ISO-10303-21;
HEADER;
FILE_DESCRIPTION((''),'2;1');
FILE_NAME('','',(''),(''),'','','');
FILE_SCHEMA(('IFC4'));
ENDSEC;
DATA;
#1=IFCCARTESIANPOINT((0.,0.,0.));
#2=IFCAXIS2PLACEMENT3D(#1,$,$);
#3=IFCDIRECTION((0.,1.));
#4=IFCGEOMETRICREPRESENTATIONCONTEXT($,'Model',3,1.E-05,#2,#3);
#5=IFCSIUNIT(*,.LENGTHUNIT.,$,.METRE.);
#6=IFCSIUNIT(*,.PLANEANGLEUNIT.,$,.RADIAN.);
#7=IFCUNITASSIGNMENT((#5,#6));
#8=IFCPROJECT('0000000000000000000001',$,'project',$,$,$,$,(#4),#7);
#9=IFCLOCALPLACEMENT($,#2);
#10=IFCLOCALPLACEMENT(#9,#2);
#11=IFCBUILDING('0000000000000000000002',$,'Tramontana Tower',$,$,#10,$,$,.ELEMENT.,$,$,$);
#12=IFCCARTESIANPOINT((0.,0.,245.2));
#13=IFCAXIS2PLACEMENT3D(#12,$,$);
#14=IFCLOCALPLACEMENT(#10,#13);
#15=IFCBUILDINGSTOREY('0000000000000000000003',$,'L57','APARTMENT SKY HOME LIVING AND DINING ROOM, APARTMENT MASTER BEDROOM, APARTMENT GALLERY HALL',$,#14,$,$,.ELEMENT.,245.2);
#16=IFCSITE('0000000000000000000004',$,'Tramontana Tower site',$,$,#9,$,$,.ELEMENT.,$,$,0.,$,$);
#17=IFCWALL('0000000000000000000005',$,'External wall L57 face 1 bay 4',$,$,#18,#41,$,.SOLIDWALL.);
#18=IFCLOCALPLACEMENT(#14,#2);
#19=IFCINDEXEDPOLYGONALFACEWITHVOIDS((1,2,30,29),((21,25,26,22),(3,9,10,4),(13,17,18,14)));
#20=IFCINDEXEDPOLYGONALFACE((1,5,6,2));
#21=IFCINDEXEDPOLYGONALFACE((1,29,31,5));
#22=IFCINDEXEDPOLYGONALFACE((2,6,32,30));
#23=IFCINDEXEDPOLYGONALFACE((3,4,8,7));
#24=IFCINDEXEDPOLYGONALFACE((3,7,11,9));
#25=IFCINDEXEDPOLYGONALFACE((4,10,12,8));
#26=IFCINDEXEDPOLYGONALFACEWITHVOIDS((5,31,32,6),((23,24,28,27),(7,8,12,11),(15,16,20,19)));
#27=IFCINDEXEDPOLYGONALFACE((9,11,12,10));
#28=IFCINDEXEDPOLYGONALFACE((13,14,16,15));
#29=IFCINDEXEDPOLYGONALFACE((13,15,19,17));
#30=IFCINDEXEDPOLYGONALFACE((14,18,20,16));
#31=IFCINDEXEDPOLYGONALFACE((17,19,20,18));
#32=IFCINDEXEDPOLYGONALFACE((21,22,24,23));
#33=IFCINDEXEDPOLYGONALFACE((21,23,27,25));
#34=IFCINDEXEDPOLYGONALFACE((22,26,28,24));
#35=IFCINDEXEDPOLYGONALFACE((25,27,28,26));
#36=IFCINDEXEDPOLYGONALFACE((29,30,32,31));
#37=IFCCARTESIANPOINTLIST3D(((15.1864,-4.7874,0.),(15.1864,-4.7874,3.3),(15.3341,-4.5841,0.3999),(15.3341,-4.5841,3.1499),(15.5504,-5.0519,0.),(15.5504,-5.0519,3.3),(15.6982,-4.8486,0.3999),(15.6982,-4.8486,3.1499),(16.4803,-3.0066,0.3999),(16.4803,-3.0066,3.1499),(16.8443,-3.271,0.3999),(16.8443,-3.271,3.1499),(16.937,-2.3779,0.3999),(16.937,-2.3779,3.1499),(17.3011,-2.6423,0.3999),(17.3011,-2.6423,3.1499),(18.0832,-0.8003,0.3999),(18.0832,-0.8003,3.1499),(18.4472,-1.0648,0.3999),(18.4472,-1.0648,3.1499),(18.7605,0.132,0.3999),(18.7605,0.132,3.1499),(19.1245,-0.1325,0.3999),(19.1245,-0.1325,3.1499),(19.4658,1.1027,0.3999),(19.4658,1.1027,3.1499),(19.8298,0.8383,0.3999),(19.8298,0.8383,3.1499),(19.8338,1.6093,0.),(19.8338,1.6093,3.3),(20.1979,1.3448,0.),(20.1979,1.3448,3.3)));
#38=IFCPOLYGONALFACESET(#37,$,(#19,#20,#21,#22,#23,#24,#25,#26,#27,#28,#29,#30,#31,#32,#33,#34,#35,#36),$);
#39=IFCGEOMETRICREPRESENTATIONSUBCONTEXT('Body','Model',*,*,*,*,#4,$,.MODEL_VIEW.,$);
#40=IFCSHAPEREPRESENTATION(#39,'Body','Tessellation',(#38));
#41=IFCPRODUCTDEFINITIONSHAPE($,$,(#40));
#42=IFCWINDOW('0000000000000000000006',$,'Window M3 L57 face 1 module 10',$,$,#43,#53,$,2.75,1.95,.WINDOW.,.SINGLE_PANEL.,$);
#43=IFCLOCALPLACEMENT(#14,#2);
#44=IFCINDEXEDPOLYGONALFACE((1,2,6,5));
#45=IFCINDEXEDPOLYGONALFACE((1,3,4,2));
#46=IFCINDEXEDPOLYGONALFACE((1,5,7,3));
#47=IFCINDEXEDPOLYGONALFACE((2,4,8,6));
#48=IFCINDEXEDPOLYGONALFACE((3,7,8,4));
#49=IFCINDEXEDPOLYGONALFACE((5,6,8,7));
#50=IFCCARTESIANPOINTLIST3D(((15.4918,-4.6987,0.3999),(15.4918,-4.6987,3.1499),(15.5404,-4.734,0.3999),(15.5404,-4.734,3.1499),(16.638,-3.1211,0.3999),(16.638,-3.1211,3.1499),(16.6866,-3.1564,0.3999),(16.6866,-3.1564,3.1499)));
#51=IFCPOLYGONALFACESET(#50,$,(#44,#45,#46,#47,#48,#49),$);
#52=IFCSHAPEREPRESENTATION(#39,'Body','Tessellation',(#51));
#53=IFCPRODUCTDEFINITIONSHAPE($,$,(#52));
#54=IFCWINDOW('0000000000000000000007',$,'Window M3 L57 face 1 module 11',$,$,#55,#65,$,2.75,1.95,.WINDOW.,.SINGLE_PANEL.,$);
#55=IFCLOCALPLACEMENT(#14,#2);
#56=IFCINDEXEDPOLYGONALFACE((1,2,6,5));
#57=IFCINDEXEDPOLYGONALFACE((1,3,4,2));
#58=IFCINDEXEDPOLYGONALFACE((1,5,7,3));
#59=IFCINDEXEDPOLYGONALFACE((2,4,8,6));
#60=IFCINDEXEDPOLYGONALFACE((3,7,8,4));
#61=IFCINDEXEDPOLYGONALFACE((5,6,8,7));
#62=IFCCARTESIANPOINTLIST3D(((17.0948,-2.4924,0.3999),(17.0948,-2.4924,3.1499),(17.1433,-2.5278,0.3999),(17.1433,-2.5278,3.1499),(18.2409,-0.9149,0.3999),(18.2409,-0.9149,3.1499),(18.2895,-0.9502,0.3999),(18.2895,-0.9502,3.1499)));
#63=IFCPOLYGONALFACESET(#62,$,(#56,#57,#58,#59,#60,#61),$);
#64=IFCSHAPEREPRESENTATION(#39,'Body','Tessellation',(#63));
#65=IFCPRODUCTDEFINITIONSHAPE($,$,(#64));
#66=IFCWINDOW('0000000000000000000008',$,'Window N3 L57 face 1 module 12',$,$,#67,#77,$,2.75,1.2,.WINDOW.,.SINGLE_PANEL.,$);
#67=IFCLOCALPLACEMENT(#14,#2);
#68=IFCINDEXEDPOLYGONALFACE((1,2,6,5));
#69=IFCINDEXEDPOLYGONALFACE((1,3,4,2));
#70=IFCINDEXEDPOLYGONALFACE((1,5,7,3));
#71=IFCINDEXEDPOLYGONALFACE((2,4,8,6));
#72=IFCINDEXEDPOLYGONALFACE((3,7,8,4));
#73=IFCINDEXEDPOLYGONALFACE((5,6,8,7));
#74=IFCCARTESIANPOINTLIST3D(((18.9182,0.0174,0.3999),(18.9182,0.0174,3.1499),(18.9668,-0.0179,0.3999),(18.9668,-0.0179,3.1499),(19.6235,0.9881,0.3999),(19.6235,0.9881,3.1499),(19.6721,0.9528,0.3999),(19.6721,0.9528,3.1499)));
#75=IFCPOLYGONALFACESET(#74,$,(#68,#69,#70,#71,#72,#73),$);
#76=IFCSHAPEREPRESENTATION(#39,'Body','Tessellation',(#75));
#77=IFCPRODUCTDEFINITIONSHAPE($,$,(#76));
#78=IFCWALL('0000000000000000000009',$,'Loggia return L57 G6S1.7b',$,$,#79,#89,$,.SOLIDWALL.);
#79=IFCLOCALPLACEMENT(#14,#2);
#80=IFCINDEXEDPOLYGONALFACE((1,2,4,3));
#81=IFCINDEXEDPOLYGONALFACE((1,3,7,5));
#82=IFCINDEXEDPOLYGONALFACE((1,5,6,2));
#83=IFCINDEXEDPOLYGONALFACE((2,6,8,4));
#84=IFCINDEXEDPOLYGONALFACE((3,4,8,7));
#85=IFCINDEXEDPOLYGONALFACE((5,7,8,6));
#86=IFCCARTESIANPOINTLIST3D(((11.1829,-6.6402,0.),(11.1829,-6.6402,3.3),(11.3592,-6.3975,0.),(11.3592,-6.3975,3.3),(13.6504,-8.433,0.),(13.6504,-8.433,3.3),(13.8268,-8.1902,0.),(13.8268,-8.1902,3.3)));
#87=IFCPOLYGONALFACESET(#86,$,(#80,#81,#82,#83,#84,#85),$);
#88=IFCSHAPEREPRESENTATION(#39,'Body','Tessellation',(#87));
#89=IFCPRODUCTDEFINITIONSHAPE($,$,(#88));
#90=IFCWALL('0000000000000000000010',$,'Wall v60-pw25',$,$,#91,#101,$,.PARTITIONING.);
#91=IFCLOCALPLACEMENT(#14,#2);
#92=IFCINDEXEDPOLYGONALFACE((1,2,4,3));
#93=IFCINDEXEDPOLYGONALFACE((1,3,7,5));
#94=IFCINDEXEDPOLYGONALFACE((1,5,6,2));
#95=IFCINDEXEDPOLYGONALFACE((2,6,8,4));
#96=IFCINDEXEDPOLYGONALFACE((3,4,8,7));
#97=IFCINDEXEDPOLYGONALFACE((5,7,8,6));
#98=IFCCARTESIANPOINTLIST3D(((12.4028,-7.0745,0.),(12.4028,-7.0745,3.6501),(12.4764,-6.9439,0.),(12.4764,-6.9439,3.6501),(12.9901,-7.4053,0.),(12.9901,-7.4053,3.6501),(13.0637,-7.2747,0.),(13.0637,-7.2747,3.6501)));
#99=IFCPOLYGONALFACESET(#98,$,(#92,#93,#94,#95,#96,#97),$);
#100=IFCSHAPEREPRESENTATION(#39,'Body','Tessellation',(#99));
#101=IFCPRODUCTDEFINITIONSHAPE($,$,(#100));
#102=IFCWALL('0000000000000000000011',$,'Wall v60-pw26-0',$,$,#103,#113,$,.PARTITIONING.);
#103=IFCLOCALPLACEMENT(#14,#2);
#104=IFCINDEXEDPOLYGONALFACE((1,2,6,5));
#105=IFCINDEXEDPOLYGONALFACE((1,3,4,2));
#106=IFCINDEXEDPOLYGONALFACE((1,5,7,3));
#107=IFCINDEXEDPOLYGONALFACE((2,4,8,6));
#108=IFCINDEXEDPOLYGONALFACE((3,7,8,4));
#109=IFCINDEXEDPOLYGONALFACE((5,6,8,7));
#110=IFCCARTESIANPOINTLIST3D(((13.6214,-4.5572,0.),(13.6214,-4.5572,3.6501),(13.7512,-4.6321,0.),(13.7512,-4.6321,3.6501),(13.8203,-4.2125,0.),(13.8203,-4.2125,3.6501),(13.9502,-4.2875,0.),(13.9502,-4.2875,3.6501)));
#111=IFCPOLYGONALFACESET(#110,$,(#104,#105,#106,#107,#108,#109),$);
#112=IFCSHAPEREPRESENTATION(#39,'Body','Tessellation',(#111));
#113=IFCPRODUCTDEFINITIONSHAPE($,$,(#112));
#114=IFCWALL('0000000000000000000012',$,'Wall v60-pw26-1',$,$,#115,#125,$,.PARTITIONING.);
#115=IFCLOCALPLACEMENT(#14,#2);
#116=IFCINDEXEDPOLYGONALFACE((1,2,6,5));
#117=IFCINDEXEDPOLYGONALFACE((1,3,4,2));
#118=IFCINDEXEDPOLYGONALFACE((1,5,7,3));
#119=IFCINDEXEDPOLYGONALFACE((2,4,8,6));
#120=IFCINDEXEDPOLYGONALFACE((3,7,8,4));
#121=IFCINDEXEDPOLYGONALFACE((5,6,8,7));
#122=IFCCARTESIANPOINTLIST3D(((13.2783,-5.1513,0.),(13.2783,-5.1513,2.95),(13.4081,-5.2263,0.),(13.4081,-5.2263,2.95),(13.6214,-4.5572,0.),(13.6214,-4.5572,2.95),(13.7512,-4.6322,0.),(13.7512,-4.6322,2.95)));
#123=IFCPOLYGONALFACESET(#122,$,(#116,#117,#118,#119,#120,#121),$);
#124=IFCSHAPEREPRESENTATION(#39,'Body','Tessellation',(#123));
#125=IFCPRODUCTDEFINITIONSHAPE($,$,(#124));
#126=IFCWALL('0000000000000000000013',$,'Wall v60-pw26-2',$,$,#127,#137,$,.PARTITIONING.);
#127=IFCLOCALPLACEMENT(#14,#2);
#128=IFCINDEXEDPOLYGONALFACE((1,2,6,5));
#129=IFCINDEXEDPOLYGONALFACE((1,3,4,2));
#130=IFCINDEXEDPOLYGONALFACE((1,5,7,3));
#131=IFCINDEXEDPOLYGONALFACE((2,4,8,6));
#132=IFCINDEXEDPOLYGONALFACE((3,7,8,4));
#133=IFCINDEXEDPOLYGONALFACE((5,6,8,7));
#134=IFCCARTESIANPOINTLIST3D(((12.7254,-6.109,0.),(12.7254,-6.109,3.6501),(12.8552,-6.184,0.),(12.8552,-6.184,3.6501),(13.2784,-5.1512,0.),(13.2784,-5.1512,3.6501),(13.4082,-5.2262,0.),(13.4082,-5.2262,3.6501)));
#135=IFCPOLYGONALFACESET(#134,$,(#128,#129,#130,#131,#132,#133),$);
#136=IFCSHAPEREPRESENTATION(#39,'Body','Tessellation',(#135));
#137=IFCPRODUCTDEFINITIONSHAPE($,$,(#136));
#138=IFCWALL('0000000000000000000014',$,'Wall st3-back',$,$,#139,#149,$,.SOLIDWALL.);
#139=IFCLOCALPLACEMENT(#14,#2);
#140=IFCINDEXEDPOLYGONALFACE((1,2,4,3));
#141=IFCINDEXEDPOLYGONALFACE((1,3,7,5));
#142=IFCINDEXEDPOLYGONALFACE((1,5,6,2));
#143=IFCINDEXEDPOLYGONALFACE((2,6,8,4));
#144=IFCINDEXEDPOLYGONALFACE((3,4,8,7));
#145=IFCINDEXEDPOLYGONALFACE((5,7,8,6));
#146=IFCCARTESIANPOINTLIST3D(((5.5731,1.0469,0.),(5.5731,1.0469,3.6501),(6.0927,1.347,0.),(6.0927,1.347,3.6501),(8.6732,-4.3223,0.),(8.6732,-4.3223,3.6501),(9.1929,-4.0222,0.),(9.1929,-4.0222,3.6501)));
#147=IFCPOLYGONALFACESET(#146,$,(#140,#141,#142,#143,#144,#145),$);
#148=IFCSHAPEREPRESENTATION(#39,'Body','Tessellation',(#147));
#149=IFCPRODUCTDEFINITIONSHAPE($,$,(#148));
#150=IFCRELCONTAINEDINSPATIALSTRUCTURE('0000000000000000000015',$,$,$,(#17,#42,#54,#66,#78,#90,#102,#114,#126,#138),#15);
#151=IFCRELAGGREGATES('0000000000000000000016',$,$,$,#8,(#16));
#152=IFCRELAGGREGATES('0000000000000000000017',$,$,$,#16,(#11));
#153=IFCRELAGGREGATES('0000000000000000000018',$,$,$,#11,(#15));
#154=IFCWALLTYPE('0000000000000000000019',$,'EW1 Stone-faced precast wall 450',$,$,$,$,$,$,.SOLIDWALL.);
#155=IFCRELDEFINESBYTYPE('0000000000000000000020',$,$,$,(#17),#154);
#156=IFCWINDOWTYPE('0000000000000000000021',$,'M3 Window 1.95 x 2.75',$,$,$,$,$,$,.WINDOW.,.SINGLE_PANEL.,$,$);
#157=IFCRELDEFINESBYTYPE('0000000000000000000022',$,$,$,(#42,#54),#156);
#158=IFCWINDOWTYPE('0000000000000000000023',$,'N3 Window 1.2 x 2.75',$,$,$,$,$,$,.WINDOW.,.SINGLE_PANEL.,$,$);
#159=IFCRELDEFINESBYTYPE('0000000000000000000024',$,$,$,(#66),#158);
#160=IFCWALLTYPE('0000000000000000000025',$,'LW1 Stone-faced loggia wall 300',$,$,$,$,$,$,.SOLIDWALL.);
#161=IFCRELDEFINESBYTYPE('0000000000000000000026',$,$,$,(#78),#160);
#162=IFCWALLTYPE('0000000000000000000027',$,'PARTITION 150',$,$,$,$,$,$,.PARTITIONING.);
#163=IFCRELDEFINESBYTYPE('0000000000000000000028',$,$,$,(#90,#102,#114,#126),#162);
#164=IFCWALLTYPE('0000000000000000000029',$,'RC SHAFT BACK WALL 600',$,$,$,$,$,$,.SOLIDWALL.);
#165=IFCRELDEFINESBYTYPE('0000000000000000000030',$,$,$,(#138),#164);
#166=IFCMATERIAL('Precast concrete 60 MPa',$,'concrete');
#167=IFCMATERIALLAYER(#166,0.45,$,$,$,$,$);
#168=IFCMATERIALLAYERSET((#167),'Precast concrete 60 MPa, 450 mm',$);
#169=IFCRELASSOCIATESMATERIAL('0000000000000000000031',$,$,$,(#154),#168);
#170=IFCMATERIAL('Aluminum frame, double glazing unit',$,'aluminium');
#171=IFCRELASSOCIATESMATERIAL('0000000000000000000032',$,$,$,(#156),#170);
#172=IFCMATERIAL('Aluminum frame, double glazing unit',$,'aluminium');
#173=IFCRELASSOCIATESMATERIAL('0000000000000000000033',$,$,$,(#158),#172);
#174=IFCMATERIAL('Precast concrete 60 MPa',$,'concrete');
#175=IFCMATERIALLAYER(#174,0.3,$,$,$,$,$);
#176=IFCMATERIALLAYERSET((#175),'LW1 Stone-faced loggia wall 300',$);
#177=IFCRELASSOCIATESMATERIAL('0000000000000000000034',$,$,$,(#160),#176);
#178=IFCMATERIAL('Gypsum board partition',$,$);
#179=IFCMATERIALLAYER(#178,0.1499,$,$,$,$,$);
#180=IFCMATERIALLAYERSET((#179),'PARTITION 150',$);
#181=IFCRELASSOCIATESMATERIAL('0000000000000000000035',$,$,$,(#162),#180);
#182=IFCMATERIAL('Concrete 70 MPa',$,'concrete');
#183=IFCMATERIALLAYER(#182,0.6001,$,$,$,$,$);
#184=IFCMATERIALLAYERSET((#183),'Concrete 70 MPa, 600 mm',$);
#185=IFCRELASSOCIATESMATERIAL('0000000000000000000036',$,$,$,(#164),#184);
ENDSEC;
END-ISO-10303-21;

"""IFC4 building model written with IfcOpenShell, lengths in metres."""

from ifc_helpers import new_model, si_unit, direction, frame, frame_2d, origin, place, context, subcontext, project, spatial, rectangle, extrude, material, layer, layer_set, type_object, element, fill, save


model = new_model("IFC4")

# Units and contexts
model_context = context("Model", 3, precision=1e-05, world=origin(), true_north=direction((0.0, 1.0)))
body_context = subcontext(model_context, "Body", "Model", "MODEL_VIEW")
ifc_project = project(units=[si_unit("LENGTHUNIT", "METRE"), si_unit("PLANEANGLEUNIT", "RADIAN")], contexts=[model_context])

# Site, building, storey
site_placement = place(None, origin())
site = spatial("IfcSite", under=ifc_project, at=site_placement, Name="Tramontana Tower site", CompositionType="ELEMENT", RefElevation=0.0)
building_placement = place(site_placement, origin())
building = spatial("IfcBuilding", under=site, at=building_placement, Name="Tramontana Tower", CompositionType="ELEMENT")
storey_placement = place(building_placement, frame((0.0, 0.0, 245.2)))
storey = spatial("IfcBuildingStorey", under=building, at=storey_placement, Name="L57", Description="APARTMENT SKY HOME LIVING AND DINING ROOM, APARTMENT MASTER BEDROOM, APARTMENT GALLERY HALL", CompositionType="ELEMENT", Elevation=245.2)

# Shared definitions
ifc_material_1 = material(Name="Precast concrete 60 MPa", Category="concrete")
ifc_layer_1 = layer(ifc_material_1, 0.45)
ifc_layer_set_1 = layer_set([ifc_layer_1], Name="Precast concrete 60 MPa, 450 mm")
wall_type_1 = type_object("IfcWallType", Name="EW1 Stone-faced precast wall 450", PredefinedType="SOLIDWALL", material=ifc_layer_set_1)
ifc_material_2 = material(Name="Aluminum frame, double glazing unit", Category="aluminium")
window_type_1 = type_object("IfcWindowType", Name="M3 Window 1.95 x 2.75", PartitioningType="SINGLE_PANEL", PredefinedType="WINDOW", material=ifc_material_2)

# Wall, openings, windows
wall_1_placement = place(storey_placement, frame((15.3684, -4.9197, 0.0), z_axis=(0.0, 0.0, 1.0), x_axis=(0.587782, 0.809019, 0.0)))
wall_1 = element("IfcWall", 1, at=wall_1_placement, inside=storey, type_object=wall_type_1, Name="External wall L57 face 1 bay 4", PredefinedType="SOLIDWALL", context=body_context, shape_type="SweptSolid", body=[
    extrude(rectangle(XDim=7.9067, YDim=0.45, at=frame_2d((3.9534, 0.0))), origin(), (0.0, 0.0, 1.0), 3.3),
])
opening_1_placement = place(wall_1_placement, frame((0.2512, 0.0, 0.3999)))
opening_1 = element("IfcOpeningElement", 2, at=opening_1_placement, cuts=wall_1, PredefinedType="OPENING", context=body_context, shape_type="SweptSolid", body=[
    extrude(rectangle(XDim=1.95, YDim=2.75, at=frame_2d((0.9751, 1.375))), frame((0.0, 0.2349, 0.0), z_axis=(0.0, -1.0, 0.0), x_axis=(1.0, 0.0, 0.0)), (0.0, 0.0, 1.0), 0.47),
])
opening_2_placement = place(wall_1_placement, frame((2.9783, 0.0, 0.3999)))
opening_2 = element("IfcOpeningElement", 3, at=opening_2_placement, cuts=wall_1, PredefinedType="OPENING", context=body_context, shape_type="SweptSolid", body=[
    extrude(rectangle(XDim=1.95, YDim=2.75, at=frame_2d((0.9751, 1.375))), frame((0.0, 0.2349, 0.0), z_axis=(0.0, -1.0, 0.0), x_axis=(1.0, 0.0, 0.0)), (0.0, 0.0, 1.0), 0.47),
])
opening_3_placement = place(wall_1_placement, frame((6.0806, 0.0, 0.3999)))
opening_3 = element("IfcOpeningElement", 4, at=opening_3_placement, cuts=wall_1, PredefinedType="OPENING", context=body_context, shape_type="SweptSolid", body=[
    extrude(rectangle(XDim=1.2, YDim=2.75, at=frame_2d((0.6001, 1.375))), frame((0.0, 0.2349, 0.0), z_axis=(0.0, -1.0, 0.0), x_axis=(1.0, 0.0, 0.0)), (0.0, 0.0, 1.0), 0.47),
])
window_1_placement = place(opening_1_placement, origin())
window_1 = element("IfcWindow", 5, at=window_1_placement, inside=storey, type_object=window_type_1, Name="Window M3 L57 face 1 module 10", OverallHeight=2.75, OverallWidth=1.95, PartitioningType="SINGLE_PANEL", PredefinedType="WINDOW", context=body_context, shape_type="SweptSolid", body=[
    extrude(rectangle(XDim=1.95, YDim=2.75, at=frame_2d((0.9751, 1.375))), frame((0.0, 0.03, 0.0), z_axis=(0.0, -1.0, 0.0), x_axis=(1.0, 0.0, 0.0)), (0.0, 0.0, 1.0), 0.0601),
])
fill(opening_1, window_1)
window_2_placement = place(opening_2_placement, origin())
window_2 = element("IfcWindow", 6, at=window_2_placement, inside=storey, type_object=window_type_1, Name="Window M3 L57 face 1 module 11", OverallHeight=2.75, OverallWidth=1.95, PartitioningType="SINGLE_PANEL", PredefinedType="WINDOW", context=body_context, shape_type="SweptSolid", body=[
    extrude(rectangle(XDim=1.95, YDim=2.75, at=frame_2d((0.9751, 1.375))), frame((0.0, 0.03, 0.0), z_axis=(0.0, -1.0, 0.0), x_axis=(1.0, 0.0, 0.0)), (0.0, 0.0, 1.0), 0.0601),
])
fill(opening_2, window_2)
ifc_material_3 = material(Name="Aluminum frame, double glazing unit", Category="aluminium")
window_type_2 = type_object("IfcWindowType", Name="N3 Window 1.2 x 2.75", PartitioningType="SINGLE_PANEL", PredefinedType="WINDOW", material=ifc_material_3)
window_3_placement = place(opening_3_placement, origin())
window_3 = element("IfcWindow", 7, at=window_3_placement, inside=storey, type_object=window_type_2, Name="Window N3 L57 face 1 module 12", OverallHeight=2.75, OverallWidth=1.2, PartitioningType="SINGLE_PANEL", PredefinedType="WINDOW", context=body_context, shape_type="SweptSolid", body=[
    extrude(rectangle(XDim=1.2, YDim=2.75, at=frame_2d((0.6001, 1.375))), frame((0.0, 0.03, 0.0), z_axis=(0.0, -1.0, 0.0), x_axis=(1.0, 0.0, 0.0)), (0.0, 0.0, 1.0), 0.0601),
])
fill(opening_3, window_3)

# Walls
ifc_material_4 = material(Name="Precast concrete 60 MPa", Category="concrete")
ifc_layer_2 = layer(ifc_material_4, 0.3)
ifc_layer_set_2 = layer_set([ifc_layer_2], Name="LW1 Stone-faced loggia wall 300")
wall_type_2 = type_object("IfcWallType", Name="LW1 Stone-faced loggia wall 300", PredefinedType="SOLIDWALL", material=ifc_layer_set_2)
wall_2_placement = place(storey_placement, frame((13.7385, -8.3115, 0.0), z_axis=(0.0, 0.0, 1.0), x_axis=(-0.809023, 0.587777, 0.0)))
element("IfcWall", 8, at=wall_2_placement, inside=storey, type_object=wall_type_2, Name="Loggia return L57 G6S1.7b", PredefinedType="SOLIDWALL", context=body_context, shape_type="SweptSolid", body=[
    extrude(rectangle(XDim=3.05, YDim=0.3, at=frame_2d((1.5249, 0.0))), origin(), (0.0, 0.0, 1.0), 3.3),
])
ifc_material_5 = material(Name="Gypsum board partition")
ifc_layer_3 = layer(ifc_material_5, 0.1499)
ifc_layer_set_3 = layer_set([ifc_layer_3], Name="PARTITION 150")
wall_type_3 = type_object("IfcWallType", Name="PARTITION 150", PredefinedType="PARTITIONING", material=ifc_layer_set_3)
wall_3_placement = place(storey_placement, frame((12.4397, -7.0093, 0.0), z_axis=(0.0, 0.0, 1.0), x_axis=(0.871324, -0.490708, 0.0)))
element("IfcWall", 9, at=wall_3_placement, inside=storey, type_object=wall_type_3, Name="Wall v60-pw25", PredefinedType="PARTITIONING", context=body_context, shape_type="SweptSolid", body=[
    extrude(rectangle(XDim=0.6741, YDim=0.1499, at=frame_2d((0.3369, 0.0))), origin(), (0.0, 0.0, 1.0), 3.6501),
])
wall_4_placement = place(storey_placement, frame((13.8853, -4.25, 0.0), z_axis=(0.0, 0.0, 1.0), x_axis=(-0.499899, -0.866083, 0.0)))
element("IfcWall", 10, at=wall_4_placement, inside=storey, type_object=wall_type_3, Name="Wall v60-pw26-0", PredefinedType="PARTITIONING", context=body_context, shape_type="SweptSolid", body=[
    extrude(rectangle(XDim=0.3979, YDim=0.1499, at=frame_2d((0.199, 0.0))), origin(), (0.0, 0.0, 1.0), 3.6501),
])
wall_5_placement = place(storey_placement, frame((13.6863, -4.5947, 0.0), z_axis=(0.0, 0.0, 1.0), x_axis=(-0.500082, -0.865978, 0.0)))
element("IfcWall", 11, at=wall_5_placement, inside=storey, type_object=wall_type_3, Name="Wall v60-pw26-1", PredefinedType="PARTITIONING", context=body_context, shape_type="SweptSolid", body=[
    extrude(rectangle(XDim=0.686, YDim=0.1499, at=frame_2d((0.343, 0.0))), origin(), (0.0, 0.0, 1.0), 2.95),
])
wall_6_placement = place(storey_placement, frame((13.3433, -5.1887, 0.0), z_axis=(0.0, 0.0, 1.0), x_axis=(-0.500009, -0.86602, 0.0)))
element("IfcWall", 12, at=wall_6_placement, inside=storey, type_object=wall_type_3, Name="Wall v60-pw26-2", PredefinedType="PARTITIONING", context=body_context, shape_type="SweptSolid", body=[
    extrude(rectangle(XDim=1.106, YDim=0.1499, at=frame_2d((0.553, 0.0))), origin(), (0.0, 0.0, 1.0), 3.6501),
])
ifc_material_6 = material(Name="Concrete 70 MPa", Category="concrete")
ifc_layer_4 = layer(ifc_material_6, 0.6001)
ifc_layer_set_4 = layer_set([ifc_layer_4], Name="Concrete 70 MPa, 600 mm")
wall_type_4 = type_object("IfcWallType", Name="RC SHAFT BACK WALL 600", PredefinedType="SOLIDWALL", material=ifc_layer_set_4)
wall_7_placement = place(storey_placement, frame((8.9331, -4.1724, 0.0), z_axis=(0.0, 0.0, 1.0), x_axis=(-0.500027, 0.86601, 0.0)))
element("IfcWall", 13, at=wall_7_placement, inside=storey, type_object=wall_type_4, Name="Wall st3-back", PredefinedType="SOLIDWALL", context=body_context, shape_type="SweptSolid", body=[
    extrude(rectangle(XDim=6.2, YDim=0.6001, at=frame_2d((3.1001, 0.0))), origin(), (0.0, 0.0, 1.0), 3.6501),
])

save(model, "model.ifc")
